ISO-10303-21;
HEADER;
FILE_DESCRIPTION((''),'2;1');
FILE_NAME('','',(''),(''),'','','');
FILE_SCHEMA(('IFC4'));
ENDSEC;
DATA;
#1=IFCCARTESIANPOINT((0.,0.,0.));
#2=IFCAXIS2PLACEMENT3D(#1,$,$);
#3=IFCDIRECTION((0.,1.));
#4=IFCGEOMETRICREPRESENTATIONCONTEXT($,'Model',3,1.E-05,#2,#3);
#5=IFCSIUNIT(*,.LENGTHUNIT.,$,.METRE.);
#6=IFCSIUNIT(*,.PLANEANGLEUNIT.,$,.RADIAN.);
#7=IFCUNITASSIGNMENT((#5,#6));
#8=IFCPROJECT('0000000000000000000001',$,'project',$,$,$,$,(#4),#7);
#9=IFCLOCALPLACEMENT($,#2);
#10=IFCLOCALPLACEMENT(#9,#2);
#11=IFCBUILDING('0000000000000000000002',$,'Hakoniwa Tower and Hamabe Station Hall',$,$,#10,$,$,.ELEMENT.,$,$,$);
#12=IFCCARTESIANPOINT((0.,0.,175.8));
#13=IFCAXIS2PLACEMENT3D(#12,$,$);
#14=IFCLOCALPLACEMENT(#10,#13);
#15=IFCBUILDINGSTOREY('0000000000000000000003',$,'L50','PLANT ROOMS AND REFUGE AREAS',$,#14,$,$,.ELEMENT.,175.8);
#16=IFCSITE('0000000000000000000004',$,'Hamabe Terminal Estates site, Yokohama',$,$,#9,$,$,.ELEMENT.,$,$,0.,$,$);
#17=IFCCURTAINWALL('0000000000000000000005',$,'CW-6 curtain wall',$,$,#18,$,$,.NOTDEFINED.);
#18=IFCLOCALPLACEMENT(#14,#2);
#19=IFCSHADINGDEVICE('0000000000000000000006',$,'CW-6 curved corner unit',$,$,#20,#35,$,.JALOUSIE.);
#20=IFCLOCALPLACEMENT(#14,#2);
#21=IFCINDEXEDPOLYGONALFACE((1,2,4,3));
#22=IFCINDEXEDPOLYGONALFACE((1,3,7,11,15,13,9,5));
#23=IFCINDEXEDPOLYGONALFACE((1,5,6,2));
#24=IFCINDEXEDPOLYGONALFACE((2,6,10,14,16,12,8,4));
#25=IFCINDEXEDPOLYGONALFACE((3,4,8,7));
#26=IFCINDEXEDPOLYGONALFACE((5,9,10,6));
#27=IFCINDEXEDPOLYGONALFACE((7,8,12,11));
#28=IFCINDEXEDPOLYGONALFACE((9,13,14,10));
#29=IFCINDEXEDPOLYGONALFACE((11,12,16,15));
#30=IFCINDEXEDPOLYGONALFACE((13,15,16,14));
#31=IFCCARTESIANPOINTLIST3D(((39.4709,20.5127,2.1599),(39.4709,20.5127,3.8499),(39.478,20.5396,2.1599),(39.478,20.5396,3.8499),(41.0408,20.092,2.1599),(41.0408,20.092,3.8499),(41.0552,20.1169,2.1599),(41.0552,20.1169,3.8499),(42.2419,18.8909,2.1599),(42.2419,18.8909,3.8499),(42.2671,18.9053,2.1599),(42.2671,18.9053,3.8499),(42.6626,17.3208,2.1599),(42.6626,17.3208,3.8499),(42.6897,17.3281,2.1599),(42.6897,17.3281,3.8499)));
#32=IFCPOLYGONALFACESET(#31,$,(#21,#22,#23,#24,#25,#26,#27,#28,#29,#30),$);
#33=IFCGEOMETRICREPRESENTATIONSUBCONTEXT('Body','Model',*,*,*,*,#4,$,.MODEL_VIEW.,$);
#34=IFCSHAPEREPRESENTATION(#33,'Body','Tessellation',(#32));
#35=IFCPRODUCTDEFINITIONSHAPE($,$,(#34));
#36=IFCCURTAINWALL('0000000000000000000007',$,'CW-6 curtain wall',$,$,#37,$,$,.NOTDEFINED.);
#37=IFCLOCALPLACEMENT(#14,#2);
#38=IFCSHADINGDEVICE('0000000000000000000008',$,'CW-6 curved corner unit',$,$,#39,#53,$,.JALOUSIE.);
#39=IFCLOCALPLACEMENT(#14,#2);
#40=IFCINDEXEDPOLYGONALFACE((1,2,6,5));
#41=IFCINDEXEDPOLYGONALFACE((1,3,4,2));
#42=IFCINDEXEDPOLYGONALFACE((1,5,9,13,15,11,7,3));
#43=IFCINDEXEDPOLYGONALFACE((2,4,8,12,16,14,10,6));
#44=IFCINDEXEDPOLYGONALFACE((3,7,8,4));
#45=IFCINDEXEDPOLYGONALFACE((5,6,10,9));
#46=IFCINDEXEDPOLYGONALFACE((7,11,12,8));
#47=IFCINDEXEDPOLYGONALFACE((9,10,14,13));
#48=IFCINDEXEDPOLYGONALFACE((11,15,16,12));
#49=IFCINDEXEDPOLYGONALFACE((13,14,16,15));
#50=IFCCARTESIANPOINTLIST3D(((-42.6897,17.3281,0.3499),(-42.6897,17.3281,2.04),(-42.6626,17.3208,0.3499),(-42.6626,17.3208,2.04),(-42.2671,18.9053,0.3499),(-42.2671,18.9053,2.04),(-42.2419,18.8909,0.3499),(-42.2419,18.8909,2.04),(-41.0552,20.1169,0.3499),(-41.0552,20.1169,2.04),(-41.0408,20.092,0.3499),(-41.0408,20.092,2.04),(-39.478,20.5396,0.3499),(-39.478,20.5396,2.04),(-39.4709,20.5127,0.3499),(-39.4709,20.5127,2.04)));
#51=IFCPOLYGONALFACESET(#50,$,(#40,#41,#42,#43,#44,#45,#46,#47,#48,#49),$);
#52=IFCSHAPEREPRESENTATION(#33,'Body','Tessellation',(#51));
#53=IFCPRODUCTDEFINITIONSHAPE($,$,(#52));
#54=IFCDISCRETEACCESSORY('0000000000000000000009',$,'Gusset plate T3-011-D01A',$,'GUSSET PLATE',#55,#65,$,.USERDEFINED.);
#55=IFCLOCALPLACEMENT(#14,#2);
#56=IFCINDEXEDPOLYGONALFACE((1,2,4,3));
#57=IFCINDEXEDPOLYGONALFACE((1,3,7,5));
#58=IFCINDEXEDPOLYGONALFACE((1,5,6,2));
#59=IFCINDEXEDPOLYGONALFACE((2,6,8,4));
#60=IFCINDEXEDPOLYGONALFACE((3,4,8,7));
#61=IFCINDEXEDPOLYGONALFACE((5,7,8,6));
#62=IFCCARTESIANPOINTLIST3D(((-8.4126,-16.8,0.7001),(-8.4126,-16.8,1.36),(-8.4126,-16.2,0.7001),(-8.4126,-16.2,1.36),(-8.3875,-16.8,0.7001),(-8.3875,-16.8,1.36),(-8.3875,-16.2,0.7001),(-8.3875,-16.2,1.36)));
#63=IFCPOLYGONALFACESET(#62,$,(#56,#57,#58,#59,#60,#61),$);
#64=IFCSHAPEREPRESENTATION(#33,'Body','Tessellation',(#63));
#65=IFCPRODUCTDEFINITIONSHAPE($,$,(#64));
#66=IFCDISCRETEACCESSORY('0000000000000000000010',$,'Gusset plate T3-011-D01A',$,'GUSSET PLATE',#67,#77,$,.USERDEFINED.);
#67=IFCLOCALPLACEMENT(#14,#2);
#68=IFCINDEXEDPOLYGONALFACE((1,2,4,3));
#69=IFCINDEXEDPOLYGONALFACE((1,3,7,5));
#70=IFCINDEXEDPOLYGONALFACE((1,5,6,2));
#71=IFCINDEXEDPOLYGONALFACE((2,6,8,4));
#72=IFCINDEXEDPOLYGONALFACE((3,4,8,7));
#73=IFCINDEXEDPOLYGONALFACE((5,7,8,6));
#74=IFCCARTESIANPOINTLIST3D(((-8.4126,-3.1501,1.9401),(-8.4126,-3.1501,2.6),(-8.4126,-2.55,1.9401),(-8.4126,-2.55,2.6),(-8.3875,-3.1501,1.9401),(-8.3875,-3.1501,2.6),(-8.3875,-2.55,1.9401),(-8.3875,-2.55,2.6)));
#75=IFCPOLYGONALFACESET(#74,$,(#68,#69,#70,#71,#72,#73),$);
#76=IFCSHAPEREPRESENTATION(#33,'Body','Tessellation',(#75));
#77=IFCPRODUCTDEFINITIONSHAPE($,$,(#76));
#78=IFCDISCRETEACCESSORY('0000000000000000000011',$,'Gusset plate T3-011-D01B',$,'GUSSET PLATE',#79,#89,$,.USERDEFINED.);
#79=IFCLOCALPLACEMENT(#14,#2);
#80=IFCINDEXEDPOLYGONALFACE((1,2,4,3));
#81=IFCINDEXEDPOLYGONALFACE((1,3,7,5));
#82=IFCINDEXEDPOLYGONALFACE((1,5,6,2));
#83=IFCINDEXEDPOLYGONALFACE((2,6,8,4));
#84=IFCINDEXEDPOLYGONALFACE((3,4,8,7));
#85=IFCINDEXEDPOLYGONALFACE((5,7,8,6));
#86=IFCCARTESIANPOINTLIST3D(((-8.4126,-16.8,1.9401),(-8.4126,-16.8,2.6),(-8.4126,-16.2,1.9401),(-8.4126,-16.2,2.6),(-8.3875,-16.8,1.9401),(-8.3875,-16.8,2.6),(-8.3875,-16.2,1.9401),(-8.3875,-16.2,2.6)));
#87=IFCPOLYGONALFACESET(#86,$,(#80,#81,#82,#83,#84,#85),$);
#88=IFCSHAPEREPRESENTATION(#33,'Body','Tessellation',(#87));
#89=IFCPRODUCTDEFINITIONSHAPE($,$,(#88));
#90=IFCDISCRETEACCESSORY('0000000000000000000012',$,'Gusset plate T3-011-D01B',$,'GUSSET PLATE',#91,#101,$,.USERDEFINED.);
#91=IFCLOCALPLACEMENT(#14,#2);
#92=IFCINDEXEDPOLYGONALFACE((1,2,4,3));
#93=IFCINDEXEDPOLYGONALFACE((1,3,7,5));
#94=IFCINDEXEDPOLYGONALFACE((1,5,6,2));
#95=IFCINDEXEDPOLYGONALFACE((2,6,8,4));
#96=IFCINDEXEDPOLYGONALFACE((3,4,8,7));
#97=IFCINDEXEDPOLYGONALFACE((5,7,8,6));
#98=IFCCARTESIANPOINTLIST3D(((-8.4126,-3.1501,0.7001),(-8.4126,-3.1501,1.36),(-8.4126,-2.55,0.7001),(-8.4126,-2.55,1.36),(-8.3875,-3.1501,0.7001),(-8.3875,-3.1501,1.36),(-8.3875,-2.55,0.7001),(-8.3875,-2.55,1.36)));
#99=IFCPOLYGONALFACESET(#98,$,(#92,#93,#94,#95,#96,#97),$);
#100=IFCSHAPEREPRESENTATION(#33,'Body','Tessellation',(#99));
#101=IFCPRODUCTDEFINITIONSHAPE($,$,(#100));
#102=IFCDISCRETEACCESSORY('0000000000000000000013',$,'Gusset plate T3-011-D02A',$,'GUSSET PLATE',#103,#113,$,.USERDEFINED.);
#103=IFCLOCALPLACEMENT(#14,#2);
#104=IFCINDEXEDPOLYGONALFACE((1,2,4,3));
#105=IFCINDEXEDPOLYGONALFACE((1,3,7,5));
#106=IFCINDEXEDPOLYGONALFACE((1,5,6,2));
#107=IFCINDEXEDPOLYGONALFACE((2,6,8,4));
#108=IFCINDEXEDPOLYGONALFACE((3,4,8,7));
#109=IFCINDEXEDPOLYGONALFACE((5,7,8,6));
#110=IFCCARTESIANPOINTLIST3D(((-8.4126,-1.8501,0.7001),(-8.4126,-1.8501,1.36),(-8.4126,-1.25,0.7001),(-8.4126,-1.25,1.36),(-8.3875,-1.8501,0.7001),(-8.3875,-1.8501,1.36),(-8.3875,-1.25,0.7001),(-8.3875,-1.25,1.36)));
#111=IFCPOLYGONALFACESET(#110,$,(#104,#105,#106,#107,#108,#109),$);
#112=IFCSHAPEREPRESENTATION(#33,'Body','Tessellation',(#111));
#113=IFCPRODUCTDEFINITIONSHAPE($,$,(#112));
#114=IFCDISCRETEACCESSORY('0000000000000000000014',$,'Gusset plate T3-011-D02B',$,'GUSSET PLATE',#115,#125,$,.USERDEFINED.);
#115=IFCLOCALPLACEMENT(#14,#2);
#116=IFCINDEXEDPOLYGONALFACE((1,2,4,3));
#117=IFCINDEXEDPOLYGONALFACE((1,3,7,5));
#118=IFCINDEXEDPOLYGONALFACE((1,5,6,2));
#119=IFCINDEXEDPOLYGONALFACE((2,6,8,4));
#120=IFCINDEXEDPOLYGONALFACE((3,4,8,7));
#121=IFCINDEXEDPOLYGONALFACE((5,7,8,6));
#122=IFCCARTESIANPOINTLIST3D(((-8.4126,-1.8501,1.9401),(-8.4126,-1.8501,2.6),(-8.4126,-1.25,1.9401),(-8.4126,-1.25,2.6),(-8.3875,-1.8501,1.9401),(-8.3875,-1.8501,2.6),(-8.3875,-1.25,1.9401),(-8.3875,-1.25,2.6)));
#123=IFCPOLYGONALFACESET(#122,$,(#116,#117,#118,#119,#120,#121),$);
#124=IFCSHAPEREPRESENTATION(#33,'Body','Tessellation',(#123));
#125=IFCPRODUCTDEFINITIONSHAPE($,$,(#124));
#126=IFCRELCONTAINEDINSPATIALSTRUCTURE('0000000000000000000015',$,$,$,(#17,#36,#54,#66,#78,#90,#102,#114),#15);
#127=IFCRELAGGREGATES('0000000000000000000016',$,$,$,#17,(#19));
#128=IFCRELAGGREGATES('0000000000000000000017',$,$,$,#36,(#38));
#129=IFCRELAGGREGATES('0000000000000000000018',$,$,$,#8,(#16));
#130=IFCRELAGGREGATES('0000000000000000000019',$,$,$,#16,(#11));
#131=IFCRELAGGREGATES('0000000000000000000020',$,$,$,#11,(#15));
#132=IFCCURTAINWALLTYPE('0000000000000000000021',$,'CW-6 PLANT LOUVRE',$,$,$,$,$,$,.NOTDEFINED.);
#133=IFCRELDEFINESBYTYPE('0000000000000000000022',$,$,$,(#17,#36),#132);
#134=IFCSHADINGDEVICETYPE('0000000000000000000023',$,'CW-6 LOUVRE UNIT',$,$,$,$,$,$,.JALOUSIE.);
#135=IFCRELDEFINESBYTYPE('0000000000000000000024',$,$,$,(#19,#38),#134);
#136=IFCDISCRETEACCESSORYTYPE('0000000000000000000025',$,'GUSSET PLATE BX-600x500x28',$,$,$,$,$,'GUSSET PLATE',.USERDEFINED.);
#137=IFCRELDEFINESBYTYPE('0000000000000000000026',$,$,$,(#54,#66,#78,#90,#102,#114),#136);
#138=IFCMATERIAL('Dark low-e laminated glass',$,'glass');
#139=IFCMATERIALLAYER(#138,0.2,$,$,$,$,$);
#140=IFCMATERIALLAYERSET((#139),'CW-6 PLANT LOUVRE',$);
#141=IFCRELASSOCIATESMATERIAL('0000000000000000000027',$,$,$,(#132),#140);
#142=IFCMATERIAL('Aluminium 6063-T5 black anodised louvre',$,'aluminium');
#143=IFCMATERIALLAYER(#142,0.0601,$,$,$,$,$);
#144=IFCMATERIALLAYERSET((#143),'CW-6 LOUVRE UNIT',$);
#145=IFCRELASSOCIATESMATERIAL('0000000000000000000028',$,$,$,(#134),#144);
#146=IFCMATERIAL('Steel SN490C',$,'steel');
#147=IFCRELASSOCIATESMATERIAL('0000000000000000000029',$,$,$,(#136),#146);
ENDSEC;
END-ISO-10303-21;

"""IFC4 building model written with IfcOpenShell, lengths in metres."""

from ifc_helpers import new_model, si_unit, direction, frame, origin, origin_2d, place, context, subcontext, project, spatial, polyline, rectangle, outline, extrude, material, layer, layer_set, material_profile, profile_set, type_object, element, aggregate, save


model = new_model("IFC4")

# Units and contexts
model_context = context("Model", 3, precision=1e-05, world=origin(), true_north=direction((0.0, 1.0)))
body_context = subcontext(model_context, "Body", "Model", "MODEL_VIEW")
ifc_project = project(units=[si_unit("LENGTHUNIT", "METRE"), si_unit("PLANEANGLEUNIT", "RADIAN")], contexts=[model_context])

# Site, building, storey
site_placement = place(None, origin())
site = spatial("IfcSite", under=ifc_project, at=site_placement, Name="Hamabe Terminal Estates site, Yokohama", CompositionType="ELEMENT", RefElevation=0.0)
building_placement = place(site_placement, origin())
building = spatial("IfcBuilding", under=site, at=building_placement, Name="Hakoniwa Tower and Hamabe Station Hall", CompositionType="ELEMENT")
storey_placement = place(building_placement, frame((0.0, 0.0, 175.8)))
storey = spatial("IfcBuildingStorey", under=building, at=storey_placement, Name="L50", Description="PLANT ROOMS AND REFUGE AREAS", CompositionType="ELEMENT", Elevation=175.8)

# Curtain wall
ifc_material_1 = material(Name="Dark low-e laminated glass", Category="glass")
ifc_layer_1 = layer(ifc_material_1, 0.2)
ifc_layer_set_1 = layer_set([ifc_layer_1], Name="CW-6 PLANT LOUVRE")
curtain_wall_type = type_object("IfcCurtainWallType", Name="CW-6 PLANT LOUVRE", PredefinedType="NOTDEFINED", material=ifc_layer_set_1)
curtain_wall_1_placement = place(storey_placement, origin())
curtain_wall_1 = element("IfcCurtainWall", 1, at=curtain_wall_1_placement, inside=storey, type_object=curtain_wall_type, Name="CW-6 curtain wall", PredefinedType="NOTDEFINED")

# Shading device
ifc_material_2 = material(Name="Aluminium 6063-T5 black anodised louvre", Category="aluminium")
ifc_layer_2 = layer(ifc_material_2, 0.0601)
ifc_layer_set_2 = layer_set([ifc_layer_2], Name="CW-6 LOUVRE UNIT")
shading_device_type = type_object("IfcShadingDeviceType", Name="CW-6 LOUVRE UNIT", PredefinedType="JALOUSIE", material=ifc_layer_set_2)
shading_device_1_placement = place(storey_placement, frame((0.0, 0.0, 2.1599)))
shading_device_1 = element("IfcShadingDevice", 2, at=shading_device_1_placement, type_object=shading_device_type, Name="CW-6 curved corner unit", PredefinedType="JALOUSIE", context=body_context, shape_type="SweptSolid", body=[
    extrude(outline(polyline([(42.6897, 17.3281), (42.2671, 18.9053), (41.0552, 20.1169), (39.478, 20.5396), (39.4709, 20.5127), (41.0408, 20.092), (42.2419, 18.8909), (42.6626, 17.3208), (42.6897, 17.3281)])), origin(), (0.0, 0.0, 1.0), 1.6899),
])
aggregate(curtain_wall_1, [shading_device_1])

# Curtain wall, shading device
curtain_wall_2_placement = place(storey_placement, origin())
curtain_wall_2 = element("IfcCurtainWall", 3, at=curtain_wall_2_placement, inside=storey, type_object=curtain_wall_type, Name="CW-6 curtain wall", PredefinedType="NOTDEFINED")
shading_device_2_placement = place(storey_placement, frame((0.0, 0.0, 0.3499)))
shading_device_2 = element("IfcShadingDevice", 4, at=shading_device_2_placement, type_object=shading_device_type, Name="CW-6 curved corner unit", PredefinedType="JALOUSIE", context=body_context, shape_type="SweptSolid", body=[
    extrude(outline(polyline([(-39.478, 20.5396), (-41.0552, 20.1169), (-42.2671, 18.9053), (-42.6897, 17.3281), (-42.6626, 17.3208), (-42.2419, 18.8909), (-41.0408, 20.092), (-39.4709, 20.5127), (-39.478, 20.5396)])), origin(), (0.0, 0.0, 1.0), 1.6902),
])
aggregate(curtain_wall_2, [shading_device_2])

# Discrete accessories
ifc_material_3 = material(Name="Steel SN490C", Category="steel")
ifc_material_profile_1 = material_profile(ifc_material_3, rectangle(XDim=0.6001, YDim=0.6599, at=origin_2d()), Name="GUSSET PLATE BX-600x500x28")
ifc_profile_set_1 = profile_set([ifc_material_profile_1], Name="Steel SN490C")
discrete_accessory_type = type_object("IfcDiscreteAccessoryType", Name="GUSSET PLATE BX-600x500x28", ElementType="GUSSET PLATE", PredefinedType="USERDEFINED", material=ifc_profile_set_1)
for number, where, z_axis, x_axis, name in (
    (5, (-8.3875, -16.5, 1.03), (-1.0, 0.0, 0.0), (0.0, -1.0, 0.0), "Gusset plate T3-011-D01A"),
    (6, (-8.3875, -2.8501, 2.27), (-1.0, 0.0, 0.0), (0.0, -1.0, 0.0), "Gusset plate T3-011-D01A"),
    (7, (-8.3875, -16.5, 2.27), (-1.0, 0.0, 0.0), (0.0, -1.0, 0.0), "Gusset plate T3-011-D01B"),
    (8, (-8.3875, -2.8501, 1.03), (-1.0, 0.0, 0.0), (0.0, -1.0, 0.0), "Gusset plate T3-011-D01B"),
    (9, (-8.3875, -1.55, 1.03), (-1.0, 0.0, 0.0), (0.0, -1.0, 0.0), "Gusset plate T3-011-D02A"),
    (10, (-8.3875, -1.55, 2.27), (-1.0, 0.0, 0.0), (0.0, -1.0, 0.0), "Gusset plate T3-011-D02B"),
):
    element("IfcDiscreteAccessory", number, at=place(storey_placement, frame(where, z_axis=z_axis, x_axis=x_axis)), inside=storey, type_object=discrete_accessory_type, Name=name, ObjectType="GUSSET PLATE", PredefinedType="USERDEFINED", context=body_context, shape_type="SweptSolid", body=[
        extrude(rectangle(XDim=0.6001, YDim=0.6599, at=origin_2d()), origin(), (0.0, 0.0, 1.0), 0.0251),
    ])

save(model, "model.ifc")
